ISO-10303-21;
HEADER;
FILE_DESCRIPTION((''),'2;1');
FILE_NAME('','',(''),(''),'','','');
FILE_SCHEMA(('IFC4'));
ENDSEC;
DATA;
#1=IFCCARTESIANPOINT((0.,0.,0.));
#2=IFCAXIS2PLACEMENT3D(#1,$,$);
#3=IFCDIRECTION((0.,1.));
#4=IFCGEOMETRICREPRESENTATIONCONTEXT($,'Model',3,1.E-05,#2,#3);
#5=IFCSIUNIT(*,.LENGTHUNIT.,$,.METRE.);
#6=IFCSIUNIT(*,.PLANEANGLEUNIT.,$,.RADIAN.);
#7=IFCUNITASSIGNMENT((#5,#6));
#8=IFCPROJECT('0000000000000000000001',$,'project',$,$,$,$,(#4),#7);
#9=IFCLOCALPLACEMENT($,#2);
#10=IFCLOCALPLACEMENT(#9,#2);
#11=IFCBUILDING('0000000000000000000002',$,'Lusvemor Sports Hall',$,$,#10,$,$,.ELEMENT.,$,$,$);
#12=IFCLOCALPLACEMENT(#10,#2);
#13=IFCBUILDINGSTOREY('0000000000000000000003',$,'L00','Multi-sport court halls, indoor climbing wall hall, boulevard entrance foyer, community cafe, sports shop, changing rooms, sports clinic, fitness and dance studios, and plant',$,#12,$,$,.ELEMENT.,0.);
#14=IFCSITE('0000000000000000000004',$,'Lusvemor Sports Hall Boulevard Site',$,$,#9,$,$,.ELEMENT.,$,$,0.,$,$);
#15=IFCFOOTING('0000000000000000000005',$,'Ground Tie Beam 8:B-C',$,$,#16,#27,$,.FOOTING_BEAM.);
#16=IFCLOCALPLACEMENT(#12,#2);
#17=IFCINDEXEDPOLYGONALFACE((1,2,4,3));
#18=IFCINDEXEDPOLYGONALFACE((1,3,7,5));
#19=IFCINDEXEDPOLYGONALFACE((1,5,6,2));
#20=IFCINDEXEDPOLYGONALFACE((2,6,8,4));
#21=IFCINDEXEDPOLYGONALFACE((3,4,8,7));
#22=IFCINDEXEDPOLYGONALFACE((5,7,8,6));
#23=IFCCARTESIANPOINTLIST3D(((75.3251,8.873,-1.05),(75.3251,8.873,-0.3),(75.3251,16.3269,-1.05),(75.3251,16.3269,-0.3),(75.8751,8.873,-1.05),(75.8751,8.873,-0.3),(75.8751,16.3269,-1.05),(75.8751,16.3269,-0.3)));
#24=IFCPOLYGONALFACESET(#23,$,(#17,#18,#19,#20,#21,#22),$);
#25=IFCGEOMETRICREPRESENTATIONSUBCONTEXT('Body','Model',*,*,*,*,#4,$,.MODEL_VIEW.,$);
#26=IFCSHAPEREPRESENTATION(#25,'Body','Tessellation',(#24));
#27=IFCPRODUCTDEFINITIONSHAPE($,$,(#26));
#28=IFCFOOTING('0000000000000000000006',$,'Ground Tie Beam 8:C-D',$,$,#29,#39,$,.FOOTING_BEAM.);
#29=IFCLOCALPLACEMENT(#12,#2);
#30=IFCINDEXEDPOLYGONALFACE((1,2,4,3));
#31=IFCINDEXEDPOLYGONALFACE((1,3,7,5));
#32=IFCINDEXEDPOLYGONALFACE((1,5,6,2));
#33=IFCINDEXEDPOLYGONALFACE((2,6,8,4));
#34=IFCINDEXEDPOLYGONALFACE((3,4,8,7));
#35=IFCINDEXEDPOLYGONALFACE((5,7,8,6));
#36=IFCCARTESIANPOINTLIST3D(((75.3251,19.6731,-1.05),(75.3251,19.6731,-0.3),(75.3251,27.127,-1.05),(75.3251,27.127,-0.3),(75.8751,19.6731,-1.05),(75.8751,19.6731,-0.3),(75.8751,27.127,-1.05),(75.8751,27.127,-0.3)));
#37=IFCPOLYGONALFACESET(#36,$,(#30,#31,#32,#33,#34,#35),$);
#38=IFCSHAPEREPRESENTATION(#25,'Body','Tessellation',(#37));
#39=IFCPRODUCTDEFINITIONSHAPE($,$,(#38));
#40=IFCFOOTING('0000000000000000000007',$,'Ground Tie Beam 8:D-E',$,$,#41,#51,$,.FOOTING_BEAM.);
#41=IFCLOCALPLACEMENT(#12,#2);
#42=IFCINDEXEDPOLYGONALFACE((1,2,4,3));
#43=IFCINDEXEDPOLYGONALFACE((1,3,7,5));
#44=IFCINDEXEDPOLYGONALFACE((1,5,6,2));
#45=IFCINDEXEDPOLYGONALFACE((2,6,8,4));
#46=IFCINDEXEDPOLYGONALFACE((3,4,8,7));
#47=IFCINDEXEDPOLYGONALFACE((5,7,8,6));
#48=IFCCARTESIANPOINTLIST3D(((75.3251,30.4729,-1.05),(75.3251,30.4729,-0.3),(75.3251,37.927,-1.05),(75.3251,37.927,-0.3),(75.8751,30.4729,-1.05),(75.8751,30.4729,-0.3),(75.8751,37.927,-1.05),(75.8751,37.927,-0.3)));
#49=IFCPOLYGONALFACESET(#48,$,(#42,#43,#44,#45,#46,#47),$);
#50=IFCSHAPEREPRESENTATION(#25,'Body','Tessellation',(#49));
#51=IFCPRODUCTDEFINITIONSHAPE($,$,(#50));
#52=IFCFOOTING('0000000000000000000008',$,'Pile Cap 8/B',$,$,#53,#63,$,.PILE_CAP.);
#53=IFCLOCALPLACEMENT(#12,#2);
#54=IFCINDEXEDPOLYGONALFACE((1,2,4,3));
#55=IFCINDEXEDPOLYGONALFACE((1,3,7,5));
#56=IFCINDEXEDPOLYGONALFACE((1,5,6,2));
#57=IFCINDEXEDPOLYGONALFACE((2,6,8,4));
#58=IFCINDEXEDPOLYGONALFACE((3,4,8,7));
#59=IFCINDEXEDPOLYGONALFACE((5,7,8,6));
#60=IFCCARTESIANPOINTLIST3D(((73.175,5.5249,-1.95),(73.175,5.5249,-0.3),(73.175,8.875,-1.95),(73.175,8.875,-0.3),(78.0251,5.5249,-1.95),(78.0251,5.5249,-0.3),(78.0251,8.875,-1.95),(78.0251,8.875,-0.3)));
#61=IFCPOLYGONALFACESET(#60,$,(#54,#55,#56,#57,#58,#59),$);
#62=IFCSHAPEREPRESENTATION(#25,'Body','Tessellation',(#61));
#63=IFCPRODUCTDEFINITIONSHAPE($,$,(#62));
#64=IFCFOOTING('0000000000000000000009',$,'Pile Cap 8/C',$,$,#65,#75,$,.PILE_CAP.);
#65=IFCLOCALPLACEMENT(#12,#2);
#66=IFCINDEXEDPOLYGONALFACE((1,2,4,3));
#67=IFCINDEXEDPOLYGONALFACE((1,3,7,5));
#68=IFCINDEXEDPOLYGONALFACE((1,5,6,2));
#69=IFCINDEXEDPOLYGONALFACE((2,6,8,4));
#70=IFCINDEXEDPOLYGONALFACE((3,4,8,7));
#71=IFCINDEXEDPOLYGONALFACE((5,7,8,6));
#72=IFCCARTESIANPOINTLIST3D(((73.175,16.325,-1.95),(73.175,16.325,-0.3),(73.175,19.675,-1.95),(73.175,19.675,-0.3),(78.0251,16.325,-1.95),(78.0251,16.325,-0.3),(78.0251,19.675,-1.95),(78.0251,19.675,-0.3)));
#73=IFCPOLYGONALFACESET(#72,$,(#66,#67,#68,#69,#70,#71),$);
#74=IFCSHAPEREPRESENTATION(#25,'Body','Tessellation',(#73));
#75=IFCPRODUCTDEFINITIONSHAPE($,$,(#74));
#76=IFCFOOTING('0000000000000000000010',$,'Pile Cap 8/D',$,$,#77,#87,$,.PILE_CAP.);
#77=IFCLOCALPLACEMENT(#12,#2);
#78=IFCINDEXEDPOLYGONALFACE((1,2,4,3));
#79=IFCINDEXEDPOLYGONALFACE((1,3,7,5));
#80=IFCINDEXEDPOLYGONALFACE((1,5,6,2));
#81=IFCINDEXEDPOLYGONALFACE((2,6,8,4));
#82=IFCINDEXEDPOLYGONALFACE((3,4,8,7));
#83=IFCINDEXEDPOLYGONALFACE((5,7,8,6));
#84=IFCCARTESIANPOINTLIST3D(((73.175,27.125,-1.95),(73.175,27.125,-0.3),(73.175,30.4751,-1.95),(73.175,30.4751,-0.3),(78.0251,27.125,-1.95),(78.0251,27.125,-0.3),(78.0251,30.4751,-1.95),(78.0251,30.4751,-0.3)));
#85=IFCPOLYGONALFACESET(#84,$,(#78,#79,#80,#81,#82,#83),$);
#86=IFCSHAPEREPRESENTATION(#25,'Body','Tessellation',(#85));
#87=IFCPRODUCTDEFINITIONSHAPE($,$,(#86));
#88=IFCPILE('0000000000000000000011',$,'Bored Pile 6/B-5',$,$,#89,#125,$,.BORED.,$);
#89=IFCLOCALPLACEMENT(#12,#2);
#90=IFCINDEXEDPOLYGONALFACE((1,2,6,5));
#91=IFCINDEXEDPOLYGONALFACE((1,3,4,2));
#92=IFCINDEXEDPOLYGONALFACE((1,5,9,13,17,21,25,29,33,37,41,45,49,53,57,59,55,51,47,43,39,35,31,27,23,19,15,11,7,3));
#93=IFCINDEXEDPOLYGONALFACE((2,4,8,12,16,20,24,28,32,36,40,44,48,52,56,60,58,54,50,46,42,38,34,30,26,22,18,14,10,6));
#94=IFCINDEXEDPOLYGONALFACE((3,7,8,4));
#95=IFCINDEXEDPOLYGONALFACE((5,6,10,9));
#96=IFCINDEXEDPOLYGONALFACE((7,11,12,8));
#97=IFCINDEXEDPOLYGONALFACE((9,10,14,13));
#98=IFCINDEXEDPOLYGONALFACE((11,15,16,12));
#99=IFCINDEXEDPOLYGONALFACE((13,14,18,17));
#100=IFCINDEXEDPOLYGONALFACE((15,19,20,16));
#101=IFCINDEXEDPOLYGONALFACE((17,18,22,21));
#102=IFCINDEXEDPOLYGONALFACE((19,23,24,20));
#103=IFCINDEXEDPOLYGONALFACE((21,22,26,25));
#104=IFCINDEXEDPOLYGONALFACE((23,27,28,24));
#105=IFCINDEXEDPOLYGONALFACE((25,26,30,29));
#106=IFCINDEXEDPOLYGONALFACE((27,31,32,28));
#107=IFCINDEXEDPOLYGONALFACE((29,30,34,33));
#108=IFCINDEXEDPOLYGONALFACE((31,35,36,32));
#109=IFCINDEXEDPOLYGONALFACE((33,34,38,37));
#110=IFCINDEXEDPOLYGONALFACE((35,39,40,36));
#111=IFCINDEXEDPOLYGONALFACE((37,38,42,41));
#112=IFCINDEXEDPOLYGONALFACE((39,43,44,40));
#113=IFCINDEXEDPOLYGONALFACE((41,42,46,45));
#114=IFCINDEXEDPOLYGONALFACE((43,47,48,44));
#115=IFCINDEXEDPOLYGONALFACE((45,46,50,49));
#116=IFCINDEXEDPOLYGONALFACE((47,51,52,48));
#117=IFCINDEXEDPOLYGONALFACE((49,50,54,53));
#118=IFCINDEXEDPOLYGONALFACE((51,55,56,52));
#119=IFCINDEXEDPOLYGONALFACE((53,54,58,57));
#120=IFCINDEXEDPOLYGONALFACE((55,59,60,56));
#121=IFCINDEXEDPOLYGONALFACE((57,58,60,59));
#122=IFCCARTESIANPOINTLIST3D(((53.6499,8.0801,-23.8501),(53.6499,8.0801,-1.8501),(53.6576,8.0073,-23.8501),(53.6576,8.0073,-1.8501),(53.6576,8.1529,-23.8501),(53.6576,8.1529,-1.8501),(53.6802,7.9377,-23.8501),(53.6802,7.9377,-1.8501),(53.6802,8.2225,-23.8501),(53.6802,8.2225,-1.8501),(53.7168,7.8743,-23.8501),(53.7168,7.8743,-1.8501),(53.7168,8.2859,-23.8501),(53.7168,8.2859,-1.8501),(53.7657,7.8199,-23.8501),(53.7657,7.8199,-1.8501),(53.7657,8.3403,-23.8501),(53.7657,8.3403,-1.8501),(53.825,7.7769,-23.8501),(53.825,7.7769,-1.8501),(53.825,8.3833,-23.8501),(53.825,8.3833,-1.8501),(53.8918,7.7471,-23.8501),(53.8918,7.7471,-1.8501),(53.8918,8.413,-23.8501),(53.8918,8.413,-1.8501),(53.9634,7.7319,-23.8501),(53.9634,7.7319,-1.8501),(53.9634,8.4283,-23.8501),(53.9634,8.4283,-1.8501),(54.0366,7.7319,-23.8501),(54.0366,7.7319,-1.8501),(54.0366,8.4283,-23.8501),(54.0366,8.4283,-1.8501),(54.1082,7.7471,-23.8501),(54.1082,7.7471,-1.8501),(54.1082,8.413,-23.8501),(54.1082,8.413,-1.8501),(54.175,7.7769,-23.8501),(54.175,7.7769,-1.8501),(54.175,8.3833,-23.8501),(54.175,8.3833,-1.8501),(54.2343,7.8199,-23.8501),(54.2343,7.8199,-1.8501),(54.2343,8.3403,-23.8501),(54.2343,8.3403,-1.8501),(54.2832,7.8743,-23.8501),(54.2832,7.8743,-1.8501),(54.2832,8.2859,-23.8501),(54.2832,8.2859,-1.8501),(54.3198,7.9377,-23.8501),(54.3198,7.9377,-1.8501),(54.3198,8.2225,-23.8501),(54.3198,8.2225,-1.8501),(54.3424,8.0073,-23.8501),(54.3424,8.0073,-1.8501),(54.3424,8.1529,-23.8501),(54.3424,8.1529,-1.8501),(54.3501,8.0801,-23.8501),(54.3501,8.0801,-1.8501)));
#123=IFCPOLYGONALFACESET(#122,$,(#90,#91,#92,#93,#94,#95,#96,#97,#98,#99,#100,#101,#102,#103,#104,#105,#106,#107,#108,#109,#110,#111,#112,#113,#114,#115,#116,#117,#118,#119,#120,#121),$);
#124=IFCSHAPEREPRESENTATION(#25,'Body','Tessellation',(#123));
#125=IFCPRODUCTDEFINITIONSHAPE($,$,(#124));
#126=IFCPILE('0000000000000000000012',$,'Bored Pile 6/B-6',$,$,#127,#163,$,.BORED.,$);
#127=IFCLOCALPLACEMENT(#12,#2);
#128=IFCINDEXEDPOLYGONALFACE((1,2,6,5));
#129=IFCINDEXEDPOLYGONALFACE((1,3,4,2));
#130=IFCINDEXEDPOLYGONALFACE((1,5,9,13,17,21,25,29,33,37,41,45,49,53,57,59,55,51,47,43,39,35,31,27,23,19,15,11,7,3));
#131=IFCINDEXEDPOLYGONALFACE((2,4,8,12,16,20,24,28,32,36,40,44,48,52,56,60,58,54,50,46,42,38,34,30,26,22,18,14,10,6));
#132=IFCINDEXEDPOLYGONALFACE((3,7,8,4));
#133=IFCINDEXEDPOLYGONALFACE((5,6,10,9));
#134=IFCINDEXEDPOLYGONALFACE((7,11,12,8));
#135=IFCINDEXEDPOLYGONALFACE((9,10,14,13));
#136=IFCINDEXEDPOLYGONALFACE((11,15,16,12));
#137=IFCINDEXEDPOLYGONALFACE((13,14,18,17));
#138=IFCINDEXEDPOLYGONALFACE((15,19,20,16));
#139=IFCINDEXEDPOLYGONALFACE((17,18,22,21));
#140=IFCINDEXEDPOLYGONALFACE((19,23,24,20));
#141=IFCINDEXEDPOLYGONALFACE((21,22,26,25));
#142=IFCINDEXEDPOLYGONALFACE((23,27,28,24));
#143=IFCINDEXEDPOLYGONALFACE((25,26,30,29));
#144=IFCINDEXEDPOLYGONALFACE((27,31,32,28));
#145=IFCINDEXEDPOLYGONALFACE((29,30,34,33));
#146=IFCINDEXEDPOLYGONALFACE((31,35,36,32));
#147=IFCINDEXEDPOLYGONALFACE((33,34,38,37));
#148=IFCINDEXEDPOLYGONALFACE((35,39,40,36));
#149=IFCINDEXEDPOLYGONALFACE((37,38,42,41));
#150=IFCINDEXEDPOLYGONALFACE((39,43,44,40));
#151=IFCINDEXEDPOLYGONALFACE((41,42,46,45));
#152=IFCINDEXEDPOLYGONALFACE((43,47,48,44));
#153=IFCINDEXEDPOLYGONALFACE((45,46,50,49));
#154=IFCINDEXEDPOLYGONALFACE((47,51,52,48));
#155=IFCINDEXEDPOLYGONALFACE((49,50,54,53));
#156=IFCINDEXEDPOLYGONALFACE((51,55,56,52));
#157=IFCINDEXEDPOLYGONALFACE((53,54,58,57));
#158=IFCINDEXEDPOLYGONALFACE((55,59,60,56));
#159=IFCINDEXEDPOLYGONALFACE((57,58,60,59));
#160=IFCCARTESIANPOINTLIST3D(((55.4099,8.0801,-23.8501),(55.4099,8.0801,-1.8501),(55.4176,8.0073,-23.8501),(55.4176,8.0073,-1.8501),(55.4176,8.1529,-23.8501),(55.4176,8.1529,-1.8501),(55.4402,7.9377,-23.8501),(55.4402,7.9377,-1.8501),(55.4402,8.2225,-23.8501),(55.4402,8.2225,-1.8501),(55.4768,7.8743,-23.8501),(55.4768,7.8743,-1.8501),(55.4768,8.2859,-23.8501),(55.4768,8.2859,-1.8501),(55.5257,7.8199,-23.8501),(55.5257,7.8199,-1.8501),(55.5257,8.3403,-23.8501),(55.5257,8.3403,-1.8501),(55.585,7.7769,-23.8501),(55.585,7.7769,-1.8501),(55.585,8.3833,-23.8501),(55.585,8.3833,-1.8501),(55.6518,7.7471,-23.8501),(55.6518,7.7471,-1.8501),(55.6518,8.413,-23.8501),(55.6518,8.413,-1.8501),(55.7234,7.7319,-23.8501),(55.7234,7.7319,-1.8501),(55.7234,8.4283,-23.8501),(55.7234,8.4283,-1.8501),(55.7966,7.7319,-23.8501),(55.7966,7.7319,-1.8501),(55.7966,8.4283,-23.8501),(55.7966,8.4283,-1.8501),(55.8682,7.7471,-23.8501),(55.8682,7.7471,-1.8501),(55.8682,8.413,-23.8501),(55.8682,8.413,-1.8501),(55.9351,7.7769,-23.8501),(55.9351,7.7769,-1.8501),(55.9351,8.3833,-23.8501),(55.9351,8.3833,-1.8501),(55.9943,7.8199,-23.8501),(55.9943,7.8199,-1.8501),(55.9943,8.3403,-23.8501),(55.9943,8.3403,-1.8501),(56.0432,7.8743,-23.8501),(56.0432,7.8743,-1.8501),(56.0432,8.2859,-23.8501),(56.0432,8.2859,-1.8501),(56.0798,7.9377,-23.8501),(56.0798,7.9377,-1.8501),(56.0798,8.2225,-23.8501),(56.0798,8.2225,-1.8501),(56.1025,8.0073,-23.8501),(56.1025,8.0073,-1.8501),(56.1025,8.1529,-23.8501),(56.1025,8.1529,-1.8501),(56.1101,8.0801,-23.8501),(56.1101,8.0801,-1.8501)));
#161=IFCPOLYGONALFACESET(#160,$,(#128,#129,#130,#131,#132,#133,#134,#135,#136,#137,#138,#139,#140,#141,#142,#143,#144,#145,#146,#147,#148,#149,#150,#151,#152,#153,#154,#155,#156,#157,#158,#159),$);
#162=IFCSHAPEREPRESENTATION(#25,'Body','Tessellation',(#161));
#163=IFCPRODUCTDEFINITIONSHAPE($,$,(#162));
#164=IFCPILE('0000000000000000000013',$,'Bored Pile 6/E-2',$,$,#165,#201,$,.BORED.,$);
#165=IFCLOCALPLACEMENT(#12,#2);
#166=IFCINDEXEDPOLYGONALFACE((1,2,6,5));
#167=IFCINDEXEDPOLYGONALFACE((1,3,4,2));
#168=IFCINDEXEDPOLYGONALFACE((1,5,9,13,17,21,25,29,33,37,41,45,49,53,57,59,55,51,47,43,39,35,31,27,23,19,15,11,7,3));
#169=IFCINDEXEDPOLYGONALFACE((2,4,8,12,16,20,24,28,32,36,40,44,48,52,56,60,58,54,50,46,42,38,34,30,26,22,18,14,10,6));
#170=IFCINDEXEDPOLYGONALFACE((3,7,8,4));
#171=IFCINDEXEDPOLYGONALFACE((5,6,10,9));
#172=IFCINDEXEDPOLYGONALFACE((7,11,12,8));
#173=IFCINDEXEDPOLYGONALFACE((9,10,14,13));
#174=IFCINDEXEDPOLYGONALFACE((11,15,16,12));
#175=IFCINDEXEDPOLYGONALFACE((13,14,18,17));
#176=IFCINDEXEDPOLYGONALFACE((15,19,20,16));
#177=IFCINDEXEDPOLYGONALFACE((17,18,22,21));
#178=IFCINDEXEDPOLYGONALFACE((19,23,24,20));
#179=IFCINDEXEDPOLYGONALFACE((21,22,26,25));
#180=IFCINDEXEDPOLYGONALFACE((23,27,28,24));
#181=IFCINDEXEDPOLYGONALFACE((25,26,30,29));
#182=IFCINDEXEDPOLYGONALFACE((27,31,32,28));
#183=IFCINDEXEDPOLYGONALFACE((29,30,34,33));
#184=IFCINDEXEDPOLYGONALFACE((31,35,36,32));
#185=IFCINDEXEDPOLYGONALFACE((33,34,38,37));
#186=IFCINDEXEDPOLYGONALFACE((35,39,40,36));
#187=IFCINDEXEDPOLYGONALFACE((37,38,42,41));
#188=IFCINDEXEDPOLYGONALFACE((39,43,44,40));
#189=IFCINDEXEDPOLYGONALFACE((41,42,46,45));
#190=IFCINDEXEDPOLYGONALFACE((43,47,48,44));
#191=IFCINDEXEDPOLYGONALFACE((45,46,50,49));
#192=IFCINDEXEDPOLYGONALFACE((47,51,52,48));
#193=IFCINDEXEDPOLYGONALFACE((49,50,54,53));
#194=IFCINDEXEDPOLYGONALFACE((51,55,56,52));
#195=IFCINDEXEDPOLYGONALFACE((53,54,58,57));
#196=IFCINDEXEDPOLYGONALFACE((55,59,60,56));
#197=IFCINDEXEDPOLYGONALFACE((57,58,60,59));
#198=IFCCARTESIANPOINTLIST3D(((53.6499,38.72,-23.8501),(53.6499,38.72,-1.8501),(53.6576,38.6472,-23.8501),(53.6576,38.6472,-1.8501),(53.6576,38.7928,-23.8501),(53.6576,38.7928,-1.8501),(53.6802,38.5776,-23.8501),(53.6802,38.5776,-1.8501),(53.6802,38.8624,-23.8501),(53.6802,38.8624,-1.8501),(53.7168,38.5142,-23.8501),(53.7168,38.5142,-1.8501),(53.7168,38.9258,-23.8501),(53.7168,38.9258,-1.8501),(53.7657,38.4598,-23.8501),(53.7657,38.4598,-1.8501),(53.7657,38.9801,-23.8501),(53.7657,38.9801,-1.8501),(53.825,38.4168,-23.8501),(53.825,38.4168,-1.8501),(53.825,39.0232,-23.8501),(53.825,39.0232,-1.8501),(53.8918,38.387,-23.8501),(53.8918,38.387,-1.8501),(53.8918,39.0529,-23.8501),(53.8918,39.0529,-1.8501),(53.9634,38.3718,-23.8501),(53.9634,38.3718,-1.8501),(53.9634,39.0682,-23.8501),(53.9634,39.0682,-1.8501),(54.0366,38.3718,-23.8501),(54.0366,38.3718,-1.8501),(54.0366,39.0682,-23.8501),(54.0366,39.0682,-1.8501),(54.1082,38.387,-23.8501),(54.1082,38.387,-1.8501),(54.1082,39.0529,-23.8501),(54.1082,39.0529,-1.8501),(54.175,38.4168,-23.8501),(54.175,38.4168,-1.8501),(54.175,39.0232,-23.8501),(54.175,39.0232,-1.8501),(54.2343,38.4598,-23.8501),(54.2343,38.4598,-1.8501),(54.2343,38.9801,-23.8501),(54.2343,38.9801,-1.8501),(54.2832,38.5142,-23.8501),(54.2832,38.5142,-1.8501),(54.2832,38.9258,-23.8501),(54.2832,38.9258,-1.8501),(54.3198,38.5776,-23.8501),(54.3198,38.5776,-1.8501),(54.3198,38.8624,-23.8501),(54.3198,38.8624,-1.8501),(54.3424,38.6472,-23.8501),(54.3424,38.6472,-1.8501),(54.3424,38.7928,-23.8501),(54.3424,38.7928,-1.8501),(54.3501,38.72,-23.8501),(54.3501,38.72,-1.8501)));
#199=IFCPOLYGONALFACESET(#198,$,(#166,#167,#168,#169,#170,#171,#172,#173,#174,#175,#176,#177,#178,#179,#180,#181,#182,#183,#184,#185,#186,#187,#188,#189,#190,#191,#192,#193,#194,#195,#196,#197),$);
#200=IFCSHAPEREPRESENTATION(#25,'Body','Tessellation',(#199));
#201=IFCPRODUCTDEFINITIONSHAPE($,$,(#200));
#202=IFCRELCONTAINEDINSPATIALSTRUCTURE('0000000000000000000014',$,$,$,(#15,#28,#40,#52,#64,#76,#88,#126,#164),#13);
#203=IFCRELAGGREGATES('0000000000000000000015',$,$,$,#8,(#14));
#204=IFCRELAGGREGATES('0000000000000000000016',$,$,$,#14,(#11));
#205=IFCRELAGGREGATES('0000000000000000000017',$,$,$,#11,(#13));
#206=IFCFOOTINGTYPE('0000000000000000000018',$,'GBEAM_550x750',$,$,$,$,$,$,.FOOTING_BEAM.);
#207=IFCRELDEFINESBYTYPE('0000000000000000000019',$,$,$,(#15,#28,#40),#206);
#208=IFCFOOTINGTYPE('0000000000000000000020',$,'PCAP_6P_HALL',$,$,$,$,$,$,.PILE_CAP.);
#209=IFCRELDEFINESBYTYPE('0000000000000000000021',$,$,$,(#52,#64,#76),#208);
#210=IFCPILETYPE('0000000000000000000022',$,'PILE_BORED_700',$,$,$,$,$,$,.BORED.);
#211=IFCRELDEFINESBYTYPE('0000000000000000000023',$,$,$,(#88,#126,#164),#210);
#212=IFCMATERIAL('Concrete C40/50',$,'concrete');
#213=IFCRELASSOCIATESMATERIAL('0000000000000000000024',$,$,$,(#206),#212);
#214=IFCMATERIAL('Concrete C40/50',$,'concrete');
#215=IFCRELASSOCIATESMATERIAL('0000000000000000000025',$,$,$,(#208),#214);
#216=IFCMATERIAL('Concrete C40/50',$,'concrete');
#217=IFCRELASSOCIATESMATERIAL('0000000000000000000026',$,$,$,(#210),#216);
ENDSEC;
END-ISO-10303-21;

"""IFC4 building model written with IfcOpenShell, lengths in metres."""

from ifc_helpers import new_model, si_unit, direction, frame, origin, origin_2d, place, context, subcontext, project, spatial, rectangle, circle, extrude, material, material_profile, profile_set, type_object, element, save


model = new_model("IFC4")

# Units and contexts
model_context = context("Model", 3, precision=1e-05, world=origin(), true_north=direction((0.0, 1.0)))
body_context = subcontext(model_context, "Body", "Model", "MODEL_VIEW")
ifc_project = project(units=[si_unit("LENGTHUNIT", "METRE"), si_unit("PLANEANGLEUNIT", "RADIAN")], contexts=[model_context])

# Site, building, storey
site_placement = place(None, origin())
site = spatial("IfcSite", under=ifc_project, at=site_placement, Name="Lusvemor Sports Hall Boulevard Site", CompositionType="ELEMENT", RefElevation=0.0)
building_placement = place(site_placement, origin())
building = spatial("IfcBuilding", under=site, at=building_placement, Name="Lusvemor Sports Hall", CompositionType="ELEMENT")
storey_placement = place(building_placement, origin())
storey = spatial("IfcBuildingStorey", under=building, at=storey_placement, Name="L00", Description="Multi-sport court halls, indoor climbing wall hall, boulevard entrance foyer, community cafe, sports shop, changing rooms, sports clinic, fitness and dance studios, and plant", CompositionType="ELEMENT", Elevation=0.0)

# Footings
ifc_material_1 = material(Name="Concrete C40/50", Category="concrete")
ifc_material_profile_1 = material_profile(ifc_material_1, rectangle(XDim=0.55, YDim=0.75, at=origin_2d()), Name="GB_550x750")
ifc_profile_set_1 = profile_set([ifc_material_profile_1], Name="Concrete C40/50")
footing_type_1 = type_object("IfcFootingType", Name="GBEAM_550x750", PredefinedType="FOOTING_BEAM", material=ifc_profile_set_1)
for number, where, z_axis, x_axis, name in (
    (1, (75.6001, 8.873, -0.675), (0.0, 1.0, 0.0), (-1.0, 0.0, 0.0), "Ground Tie Beam 8:B-C"),
    (2, (75.6001, 19.6731, -0.675), (0.0, 1.0, 0.0), (-1.0, 0.0, 0.0), "Ground Tie Beam 8:C-D"),
):
    element("IfcFooting", number, at=place(storey_placement, frame(where, z_axis=z_axis, x_axis=x_axis)), inside=storey, type_object=footing_type_1, Name=name, PredefinedType="FOOTING_BEAM", context=body_context, shape_type="SweptSolid", body=[
        extrude(rectangle(XDim=0.55, YDim=0.75, at=origin_2d()), origin(), (0.0, 0.0, 1.0), 7.4539),
    ])
footing_placement = place(storey_placement, frame((75.6001, 30.4729, -0.675), z_axis=(0.0, 1.0, 0.0), x_axis=(-1.0, 0.0, 0.0)))
element("IfcFooting", 3, at=footing_placement, inside=storey, type_object=footing_type_1, Name="Ground Tie Beam 8:D-E", PredefinedType="FOOTING_BEAM", context=body_context, shape_type="SweptSolid", body=[
    extrude(rectangle(XDim=0.55, YDim=0.75, at=origin_2d()), origin(), (0.0, 0.0, 1.0), 7.4541),
])
ifc_material_2 = material(Name="Concrete C40/50", Category="concrete")
footing_type_2 = type_object("IfcFootingType", Name="PCAP_6P_HALL", PredefinedType="PILE_CAP", material=ifc_material_2)
for number, where, z_axis, x_axis, name in (
    (4, (75.6001, 7.2, -1.95), (0.0, 0.0, 1.0), (1.0, 0.0, 0.0), "Pile Cap 8/B"),
    (5, (75.6001, 18.0, -1.95), (0.0, 0.0, 1.0), (1.0, 0.0, 0.0), "Pile Cap 8/C"),
    (6, (75.6001, 28.8, -1.95), (0.0, 0.0, 1.0), (1.0, 0.0, 0.0), "Pile Cap 8/D"),
):
    element("IfcFooting", number, at=place(storey_placement, frame(where, z_axis=z_axis, x_axis=x_axis)), inside=storey, type_object=footing_type_2, Name=name, PredefinedType="PILE_CAP", context=body_context, shape_type="SweptSolid", body=[
        extrude(rectangle(XDim=4.8501, YDim=3.3501, at=origin_2d()), origin(), (0.0, 0.0, 1.0), 1.6499),
    ])

# Piles
ifc_material_3 = material(Name="Concrete C40/50", Category="concrete")
ifc_material_profile_2 = material_profile(ifc_material_3, circle(Radius=0.3501, at=origin_2d()), Name="PILE700")
ifc_profile_set_2 = profile_set([ifc_material_profile_2], Name="Concrete C40/50")
pile_type = type_object("IfcPileType", Name="PILE_BORED_700", PredefinedType="BORED", material=ifc_profile_set_2)
for number, where, z_axis, x_axis, name in (
    (7, (54.0, 8.0801, -1.8501), (0.0, 0.0, -1.0), (1.0, 0.0, 0.0), "Bored Pile 6/B-5"),
    (8, (55.76, 8.0801, -1.8501), (0.0, 0.0, -1.0), (1.0, 0.0, 0.0), "Bored Pile 6/B-6"),
    (9, (54.0, 38.72, -1.8501), (0.0, 0.0, -1.0), (1.0, 0.0, 0.0), "Bored Pile 6/E-2"),
):
    element("IfcPile", number, at=place(storey_placement, frame(where, z_axis=z_axis, x_axis=x_axis)), inside=storey, type_object=pile_type, Name=name, PredefinedType="BORED", context=body_context, shape_type="SweptSolid", body=[
        extrude(circle(Radius=0.3501, at=origin_2d()), origin(), (0.0, 0.0, 1.0), 22.0),
    ])

save(model, "model.ifc")
